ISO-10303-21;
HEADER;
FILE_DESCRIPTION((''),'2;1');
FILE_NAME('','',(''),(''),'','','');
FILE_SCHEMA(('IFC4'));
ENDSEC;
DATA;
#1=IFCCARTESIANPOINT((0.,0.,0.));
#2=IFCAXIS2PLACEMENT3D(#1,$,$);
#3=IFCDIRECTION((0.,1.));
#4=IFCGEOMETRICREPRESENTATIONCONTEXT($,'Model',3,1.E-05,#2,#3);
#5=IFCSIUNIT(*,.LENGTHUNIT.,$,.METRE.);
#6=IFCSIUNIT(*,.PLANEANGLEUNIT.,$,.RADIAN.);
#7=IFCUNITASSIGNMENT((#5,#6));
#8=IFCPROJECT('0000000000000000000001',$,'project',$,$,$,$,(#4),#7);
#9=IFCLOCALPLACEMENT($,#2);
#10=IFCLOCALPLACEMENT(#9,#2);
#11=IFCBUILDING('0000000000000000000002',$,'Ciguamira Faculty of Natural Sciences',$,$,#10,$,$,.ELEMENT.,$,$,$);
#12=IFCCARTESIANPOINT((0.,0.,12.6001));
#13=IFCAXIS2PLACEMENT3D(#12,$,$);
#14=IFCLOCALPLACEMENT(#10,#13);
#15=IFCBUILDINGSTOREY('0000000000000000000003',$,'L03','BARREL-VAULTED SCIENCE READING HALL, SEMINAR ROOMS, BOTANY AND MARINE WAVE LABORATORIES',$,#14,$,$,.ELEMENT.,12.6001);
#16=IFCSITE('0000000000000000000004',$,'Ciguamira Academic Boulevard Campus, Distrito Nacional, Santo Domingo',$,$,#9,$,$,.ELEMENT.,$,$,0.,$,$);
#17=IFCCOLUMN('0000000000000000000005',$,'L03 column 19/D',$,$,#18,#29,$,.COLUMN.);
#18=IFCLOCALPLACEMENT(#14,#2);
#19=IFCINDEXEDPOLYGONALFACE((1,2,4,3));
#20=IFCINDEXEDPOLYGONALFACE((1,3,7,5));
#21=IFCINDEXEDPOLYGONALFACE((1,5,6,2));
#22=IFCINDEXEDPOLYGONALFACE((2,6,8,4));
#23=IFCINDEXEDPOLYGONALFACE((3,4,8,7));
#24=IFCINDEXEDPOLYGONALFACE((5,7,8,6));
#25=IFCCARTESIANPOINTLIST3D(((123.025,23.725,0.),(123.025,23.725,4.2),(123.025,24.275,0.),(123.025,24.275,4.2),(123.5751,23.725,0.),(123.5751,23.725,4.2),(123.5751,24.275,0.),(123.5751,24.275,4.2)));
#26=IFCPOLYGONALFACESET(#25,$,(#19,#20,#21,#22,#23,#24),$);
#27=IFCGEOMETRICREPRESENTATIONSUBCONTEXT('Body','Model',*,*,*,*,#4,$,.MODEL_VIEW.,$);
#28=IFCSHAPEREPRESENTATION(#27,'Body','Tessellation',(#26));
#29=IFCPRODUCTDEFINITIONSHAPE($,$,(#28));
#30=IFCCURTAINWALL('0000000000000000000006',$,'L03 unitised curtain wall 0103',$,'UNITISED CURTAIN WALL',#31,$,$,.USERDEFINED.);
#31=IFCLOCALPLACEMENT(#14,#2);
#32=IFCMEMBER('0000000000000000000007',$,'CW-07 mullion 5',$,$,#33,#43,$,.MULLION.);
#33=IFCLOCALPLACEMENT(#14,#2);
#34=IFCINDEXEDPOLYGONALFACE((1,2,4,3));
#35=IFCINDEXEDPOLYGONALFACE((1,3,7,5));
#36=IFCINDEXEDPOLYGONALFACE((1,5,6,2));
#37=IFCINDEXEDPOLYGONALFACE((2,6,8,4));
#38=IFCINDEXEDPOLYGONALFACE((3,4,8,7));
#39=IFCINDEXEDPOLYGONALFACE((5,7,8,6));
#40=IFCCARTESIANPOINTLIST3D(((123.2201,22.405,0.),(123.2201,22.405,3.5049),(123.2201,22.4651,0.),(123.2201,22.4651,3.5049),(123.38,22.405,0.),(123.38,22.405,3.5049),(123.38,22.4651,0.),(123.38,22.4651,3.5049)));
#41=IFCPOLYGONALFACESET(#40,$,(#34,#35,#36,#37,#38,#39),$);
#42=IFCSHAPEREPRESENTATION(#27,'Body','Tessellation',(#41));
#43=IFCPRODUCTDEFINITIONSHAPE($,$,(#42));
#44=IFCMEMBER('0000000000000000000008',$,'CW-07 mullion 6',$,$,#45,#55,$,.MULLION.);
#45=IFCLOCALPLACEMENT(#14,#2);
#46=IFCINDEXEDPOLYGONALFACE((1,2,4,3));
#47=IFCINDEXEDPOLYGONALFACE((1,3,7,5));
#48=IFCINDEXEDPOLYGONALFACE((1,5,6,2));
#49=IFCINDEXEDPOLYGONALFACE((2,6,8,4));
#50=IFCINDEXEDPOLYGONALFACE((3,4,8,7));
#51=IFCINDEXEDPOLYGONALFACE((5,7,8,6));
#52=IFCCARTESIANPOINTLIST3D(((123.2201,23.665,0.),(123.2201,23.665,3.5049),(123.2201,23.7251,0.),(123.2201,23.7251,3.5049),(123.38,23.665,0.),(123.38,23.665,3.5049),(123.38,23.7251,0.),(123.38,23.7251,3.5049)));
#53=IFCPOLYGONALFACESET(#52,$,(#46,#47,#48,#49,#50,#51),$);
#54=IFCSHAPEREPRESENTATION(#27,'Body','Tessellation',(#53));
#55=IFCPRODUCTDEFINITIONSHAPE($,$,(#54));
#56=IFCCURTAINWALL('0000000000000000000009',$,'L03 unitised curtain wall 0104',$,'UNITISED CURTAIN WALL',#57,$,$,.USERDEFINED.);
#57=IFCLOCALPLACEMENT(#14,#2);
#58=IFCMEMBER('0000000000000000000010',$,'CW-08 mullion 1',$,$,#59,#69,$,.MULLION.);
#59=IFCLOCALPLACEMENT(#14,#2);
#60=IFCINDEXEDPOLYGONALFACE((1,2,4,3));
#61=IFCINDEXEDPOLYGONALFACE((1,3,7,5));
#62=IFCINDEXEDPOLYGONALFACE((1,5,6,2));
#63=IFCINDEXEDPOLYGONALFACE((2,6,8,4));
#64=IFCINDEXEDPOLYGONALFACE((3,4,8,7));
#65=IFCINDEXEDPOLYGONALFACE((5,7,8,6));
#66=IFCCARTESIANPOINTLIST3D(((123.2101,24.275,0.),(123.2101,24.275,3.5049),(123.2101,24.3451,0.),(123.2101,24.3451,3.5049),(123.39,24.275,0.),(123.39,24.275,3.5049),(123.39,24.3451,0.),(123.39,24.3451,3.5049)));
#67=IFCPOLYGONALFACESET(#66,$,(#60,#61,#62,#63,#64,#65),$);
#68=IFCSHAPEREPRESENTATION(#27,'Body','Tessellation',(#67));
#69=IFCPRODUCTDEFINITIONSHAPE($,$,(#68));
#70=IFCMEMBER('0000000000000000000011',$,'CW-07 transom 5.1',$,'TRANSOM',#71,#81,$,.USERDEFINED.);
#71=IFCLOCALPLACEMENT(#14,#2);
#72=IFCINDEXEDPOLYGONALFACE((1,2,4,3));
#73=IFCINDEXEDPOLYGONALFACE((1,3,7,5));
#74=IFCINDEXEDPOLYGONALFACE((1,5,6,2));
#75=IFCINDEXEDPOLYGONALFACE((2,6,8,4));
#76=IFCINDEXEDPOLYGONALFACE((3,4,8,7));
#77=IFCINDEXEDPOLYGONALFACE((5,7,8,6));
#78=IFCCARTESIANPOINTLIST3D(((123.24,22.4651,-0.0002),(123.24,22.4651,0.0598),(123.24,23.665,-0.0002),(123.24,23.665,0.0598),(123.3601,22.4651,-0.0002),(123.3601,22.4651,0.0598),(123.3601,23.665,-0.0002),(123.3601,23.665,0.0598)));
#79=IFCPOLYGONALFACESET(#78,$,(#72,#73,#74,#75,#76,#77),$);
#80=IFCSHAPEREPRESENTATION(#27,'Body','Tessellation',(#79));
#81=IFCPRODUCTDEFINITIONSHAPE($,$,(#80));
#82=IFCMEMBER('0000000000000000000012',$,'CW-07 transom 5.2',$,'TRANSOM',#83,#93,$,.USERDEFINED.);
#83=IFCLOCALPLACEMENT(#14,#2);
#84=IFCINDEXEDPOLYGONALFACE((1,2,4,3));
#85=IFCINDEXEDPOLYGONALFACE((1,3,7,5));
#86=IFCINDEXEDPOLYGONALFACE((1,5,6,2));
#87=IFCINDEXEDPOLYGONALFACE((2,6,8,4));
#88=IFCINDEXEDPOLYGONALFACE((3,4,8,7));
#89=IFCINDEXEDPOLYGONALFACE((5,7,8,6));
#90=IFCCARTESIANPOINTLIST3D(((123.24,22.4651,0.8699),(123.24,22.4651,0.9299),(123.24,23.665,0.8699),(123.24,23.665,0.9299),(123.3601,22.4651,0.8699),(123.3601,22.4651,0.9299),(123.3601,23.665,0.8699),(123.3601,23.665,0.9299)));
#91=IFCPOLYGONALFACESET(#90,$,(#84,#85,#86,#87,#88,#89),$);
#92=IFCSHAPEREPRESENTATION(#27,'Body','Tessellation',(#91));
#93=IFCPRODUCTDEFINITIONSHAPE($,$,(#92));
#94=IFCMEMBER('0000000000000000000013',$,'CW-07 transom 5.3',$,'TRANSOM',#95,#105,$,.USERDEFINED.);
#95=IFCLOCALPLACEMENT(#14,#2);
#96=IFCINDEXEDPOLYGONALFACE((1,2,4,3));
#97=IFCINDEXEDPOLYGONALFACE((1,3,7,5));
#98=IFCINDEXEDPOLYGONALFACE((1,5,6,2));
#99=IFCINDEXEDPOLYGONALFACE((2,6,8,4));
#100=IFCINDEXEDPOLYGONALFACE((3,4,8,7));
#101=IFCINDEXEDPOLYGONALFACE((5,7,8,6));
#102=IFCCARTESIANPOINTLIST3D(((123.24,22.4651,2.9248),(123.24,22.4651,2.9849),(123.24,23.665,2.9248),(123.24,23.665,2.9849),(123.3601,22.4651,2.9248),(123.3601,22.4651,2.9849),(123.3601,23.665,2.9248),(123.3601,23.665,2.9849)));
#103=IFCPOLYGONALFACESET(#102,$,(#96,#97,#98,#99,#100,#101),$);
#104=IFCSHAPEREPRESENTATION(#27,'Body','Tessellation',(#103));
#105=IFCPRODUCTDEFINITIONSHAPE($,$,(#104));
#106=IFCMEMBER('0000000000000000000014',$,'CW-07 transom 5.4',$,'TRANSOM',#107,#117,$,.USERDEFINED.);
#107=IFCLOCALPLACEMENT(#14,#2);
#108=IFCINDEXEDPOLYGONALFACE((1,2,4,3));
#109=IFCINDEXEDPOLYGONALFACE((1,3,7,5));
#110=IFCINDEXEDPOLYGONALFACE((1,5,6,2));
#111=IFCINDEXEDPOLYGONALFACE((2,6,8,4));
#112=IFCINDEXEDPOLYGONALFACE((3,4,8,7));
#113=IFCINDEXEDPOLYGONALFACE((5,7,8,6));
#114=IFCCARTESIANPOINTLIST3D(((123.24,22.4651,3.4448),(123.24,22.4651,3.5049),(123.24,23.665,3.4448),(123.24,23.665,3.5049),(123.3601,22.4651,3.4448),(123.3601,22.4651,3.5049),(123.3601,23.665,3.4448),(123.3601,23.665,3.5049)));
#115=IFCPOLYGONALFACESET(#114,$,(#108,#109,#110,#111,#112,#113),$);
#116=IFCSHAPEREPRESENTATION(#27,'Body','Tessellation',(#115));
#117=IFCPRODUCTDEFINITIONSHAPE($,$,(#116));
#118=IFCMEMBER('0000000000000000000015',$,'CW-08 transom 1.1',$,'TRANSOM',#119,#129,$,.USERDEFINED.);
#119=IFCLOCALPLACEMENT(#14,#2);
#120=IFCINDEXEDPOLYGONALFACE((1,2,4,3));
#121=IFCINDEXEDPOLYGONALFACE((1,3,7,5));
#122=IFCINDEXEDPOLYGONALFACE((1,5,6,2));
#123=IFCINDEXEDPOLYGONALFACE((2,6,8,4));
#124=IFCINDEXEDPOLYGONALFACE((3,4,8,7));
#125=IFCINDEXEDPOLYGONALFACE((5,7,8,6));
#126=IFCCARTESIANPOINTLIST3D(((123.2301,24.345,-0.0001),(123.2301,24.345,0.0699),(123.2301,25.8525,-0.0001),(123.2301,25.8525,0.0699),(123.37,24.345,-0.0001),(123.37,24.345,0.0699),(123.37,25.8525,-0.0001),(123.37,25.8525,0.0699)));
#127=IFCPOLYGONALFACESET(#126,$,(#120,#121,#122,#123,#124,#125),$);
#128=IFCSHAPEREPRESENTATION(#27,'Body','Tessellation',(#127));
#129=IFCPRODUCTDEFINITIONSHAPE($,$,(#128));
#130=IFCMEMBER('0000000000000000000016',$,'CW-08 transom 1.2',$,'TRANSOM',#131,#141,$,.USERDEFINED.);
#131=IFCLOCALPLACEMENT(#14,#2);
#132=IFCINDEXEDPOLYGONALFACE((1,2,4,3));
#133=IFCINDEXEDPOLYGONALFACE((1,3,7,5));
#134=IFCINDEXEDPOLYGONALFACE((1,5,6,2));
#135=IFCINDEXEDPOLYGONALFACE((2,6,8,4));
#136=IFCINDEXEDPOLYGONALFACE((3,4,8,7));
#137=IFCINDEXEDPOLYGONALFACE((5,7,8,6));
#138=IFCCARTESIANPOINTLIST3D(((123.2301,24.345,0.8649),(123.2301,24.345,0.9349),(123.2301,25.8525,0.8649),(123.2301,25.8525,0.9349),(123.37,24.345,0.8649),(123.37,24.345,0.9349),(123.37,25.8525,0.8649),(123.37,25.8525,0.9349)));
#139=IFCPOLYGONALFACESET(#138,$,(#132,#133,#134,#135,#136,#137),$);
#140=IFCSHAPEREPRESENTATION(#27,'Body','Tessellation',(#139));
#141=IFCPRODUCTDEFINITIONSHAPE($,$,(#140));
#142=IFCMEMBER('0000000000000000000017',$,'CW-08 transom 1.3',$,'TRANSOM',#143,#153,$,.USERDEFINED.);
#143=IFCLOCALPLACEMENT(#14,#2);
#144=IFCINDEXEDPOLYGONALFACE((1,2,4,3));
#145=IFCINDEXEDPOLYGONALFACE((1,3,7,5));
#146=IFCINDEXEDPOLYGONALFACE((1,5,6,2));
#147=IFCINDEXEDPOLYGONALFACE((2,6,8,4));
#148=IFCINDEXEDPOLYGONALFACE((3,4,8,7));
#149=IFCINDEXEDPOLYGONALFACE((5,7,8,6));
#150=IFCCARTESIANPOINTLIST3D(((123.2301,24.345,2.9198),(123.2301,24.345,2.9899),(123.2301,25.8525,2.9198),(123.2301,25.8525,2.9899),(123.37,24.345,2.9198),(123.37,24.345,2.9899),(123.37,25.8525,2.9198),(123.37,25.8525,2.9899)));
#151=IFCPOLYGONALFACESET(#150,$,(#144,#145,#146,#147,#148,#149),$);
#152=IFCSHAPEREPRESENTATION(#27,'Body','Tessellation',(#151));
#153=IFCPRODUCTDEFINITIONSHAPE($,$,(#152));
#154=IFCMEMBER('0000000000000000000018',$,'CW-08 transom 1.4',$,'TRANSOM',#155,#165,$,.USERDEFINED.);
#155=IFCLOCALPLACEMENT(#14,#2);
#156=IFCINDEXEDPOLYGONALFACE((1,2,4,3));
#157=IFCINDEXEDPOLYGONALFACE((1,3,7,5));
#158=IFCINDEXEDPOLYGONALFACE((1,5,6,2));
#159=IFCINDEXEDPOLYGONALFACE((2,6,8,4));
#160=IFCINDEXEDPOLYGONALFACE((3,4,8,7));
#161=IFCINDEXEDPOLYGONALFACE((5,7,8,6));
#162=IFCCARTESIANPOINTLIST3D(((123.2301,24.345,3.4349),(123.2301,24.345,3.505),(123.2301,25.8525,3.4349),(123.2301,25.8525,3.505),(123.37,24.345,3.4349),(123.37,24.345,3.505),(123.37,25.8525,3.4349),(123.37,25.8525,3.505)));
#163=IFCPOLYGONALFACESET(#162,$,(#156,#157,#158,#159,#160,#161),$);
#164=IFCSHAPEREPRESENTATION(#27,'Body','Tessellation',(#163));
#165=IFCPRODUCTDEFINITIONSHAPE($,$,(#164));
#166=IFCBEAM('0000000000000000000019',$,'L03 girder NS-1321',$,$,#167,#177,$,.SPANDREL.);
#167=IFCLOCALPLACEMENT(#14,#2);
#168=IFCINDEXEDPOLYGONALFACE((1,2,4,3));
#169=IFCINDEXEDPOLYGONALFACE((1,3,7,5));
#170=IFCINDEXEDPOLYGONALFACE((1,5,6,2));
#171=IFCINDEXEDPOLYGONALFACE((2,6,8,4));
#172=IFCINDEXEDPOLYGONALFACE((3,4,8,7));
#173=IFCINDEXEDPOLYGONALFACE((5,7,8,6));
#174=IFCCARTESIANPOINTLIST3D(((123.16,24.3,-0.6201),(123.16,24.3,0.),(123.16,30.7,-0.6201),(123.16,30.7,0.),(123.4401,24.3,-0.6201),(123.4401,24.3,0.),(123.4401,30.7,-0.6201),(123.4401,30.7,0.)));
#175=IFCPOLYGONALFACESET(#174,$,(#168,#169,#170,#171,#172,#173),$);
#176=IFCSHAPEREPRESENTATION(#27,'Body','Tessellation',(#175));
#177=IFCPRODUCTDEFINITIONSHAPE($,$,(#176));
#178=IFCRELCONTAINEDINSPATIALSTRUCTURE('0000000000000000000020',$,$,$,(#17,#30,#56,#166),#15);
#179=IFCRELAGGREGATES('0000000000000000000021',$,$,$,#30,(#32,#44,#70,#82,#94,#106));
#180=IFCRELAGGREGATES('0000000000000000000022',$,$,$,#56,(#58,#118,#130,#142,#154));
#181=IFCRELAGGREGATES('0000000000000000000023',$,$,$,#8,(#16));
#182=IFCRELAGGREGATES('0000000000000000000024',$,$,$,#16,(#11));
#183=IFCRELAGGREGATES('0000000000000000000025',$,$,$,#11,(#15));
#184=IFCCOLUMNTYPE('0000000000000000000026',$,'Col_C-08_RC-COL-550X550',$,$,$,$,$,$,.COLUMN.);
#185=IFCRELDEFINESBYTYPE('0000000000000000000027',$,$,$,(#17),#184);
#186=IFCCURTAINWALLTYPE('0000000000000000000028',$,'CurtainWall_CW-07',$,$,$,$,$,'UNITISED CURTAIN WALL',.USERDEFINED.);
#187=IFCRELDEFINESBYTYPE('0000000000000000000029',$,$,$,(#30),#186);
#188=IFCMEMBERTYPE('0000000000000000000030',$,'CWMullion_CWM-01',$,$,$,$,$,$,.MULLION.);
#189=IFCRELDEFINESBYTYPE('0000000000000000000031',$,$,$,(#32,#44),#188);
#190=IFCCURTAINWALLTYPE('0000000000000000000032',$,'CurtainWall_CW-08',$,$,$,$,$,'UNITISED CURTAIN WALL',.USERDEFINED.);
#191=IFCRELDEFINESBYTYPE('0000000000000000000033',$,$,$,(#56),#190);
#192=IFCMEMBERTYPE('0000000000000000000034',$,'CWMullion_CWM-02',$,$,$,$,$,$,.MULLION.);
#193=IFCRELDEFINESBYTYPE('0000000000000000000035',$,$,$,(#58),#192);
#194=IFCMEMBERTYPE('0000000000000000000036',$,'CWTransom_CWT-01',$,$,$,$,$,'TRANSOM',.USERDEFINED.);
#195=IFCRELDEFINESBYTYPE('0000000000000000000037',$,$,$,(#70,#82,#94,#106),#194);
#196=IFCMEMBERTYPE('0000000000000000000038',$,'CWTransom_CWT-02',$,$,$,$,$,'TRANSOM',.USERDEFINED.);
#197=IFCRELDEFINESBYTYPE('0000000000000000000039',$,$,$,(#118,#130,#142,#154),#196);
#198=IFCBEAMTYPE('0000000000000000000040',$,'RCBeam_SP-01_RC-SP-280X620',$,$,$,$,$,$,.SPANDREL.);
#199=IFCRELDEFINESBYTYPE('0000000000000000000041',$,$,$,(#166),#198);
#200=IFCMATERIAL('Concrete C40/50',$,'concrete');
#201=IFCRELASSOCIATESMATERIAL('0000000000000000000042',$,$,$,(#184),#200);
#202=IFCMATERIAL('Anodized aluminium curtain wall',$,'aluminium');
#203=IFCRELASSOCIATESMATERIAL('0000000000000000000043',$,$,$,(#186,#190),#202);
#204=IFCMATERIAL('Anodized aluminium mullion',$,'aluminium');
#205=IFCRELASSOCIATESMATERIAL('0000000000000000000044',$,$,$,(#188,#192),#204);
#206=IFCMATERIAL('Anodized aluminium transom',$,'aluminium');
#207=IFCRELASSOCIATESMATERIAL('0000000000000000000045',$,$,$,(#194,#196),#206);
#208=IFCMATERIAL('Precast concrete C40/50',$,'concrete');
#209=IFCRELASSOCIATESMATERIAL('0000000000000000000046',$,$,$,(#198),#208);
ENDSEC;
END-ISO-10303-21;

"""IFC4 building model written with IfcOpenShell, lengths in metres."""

from ifc_helpers import new_model, si_unit, direction, frame, origin, origin_2d, place, context, subcontext, project, spatial, rectangle, extrude, material, material_profile, profile_set, type_object, element, aggregate, save


model = new_model("IFC4")

# Units and contexts
model_context = context("Model", 3, precision=1e-05, world=origin(), true_north=direction((0.0, 1.0)))
body_context = subcontext(model_context, "Body", "Model", "MODEL_VIEW")
ifc_project = project(units=[si_unit("LENGTHUNIT", "METRE"), si_unit("PLANEANGLEUNIT", "RADIAN")], contexts=[model_context])

# Site, building, storey
site_placement = place(None, origin())
site = spatial("IfcSite", under=ifc_project, at=site_placement, Name="Ciguamira Academic Boulevard Campus, Distrito Nacional, Santo Domingo", CompositionType="ELEMENT", RefElevation=0.0)
building_placement = place(site_placement, origin())
building = spatial("IfcBuilding", under=site, at=building_placement, Name="Ciguamira Faculty of Natural Sciences", CompositionType="ELEMENT")
storey_placement = place(building_placement, frame((0.0, 0.0, 12.6001)))
storey = spatial("IfcBuildingStorey", under=building, at=storey_placement, Name="L03", Description="BARREL-VAULTED SCIENCE READING HALL, SEMINAR ROOMS, BOTANY AND MARINE WAVE LABORATORIES", CompositionType="ELEMENT", Elevation=12.6001)

# Column
ifc_material_1 = material(Name="Concrete C40/50", Category="concrete")
ifc_material_profile_1 = material_profile(ifc_material_1, rectangle(XDim=0.55, YDim=0.55, at=origin_2d()), Name="RC-COL-550X550")
ifc_profile_set_1 = profile_set([ifc_material_profile_1], Name="Concrete C40/50")
column_type = type_object("IfcColumnType", Name="Col_C-08_RC-COL-550X550", PredefinedType="COLUMN", material=ifc_profile_set_1)
column_placement = place(storey_placement, frame((123.3, 24.0, 0.0), z_axis=(0.0, 0.0, 1.0), x_axis=(1.0, 0.0, 0.0)))
element("IfcColumn", 1, at=column_placement, inside=storey, type_object=column_type, Name="L03 column 19/D", PredefinedType="COLUMN", context=body_context, shape_type="SweptSolid", body=[
    extrude(rectangle(XDim=0.55, YDim=0.55, at=origin_2d()), origin(), (0.0, 0.0, 1.0), 4.2),
])

# Curtain wall, members
ifc_material_2 = material(Name="Anodized aluminium curtain wall", Category="aluminium")
curtain_wall_type_1 = type_object("IfcCurtainWallType", Name="CurtainWall_CW-07", ElementType="UNITISED CURTAIN WALL", PredefinedType="USERDEFINED", material=ifc_material_2)
curtain_wall_1_placement = place(storey_placement, origin())
curtain_wall_1 = element("IfcCurtainWall", 2, at=curtain_wall_1_placement, inside=storey, type_object=curtain_wall_type_1, Name="L03 unitised curtain wall 0103", ObjectType="UNITISED CURTAIN WALL", PredefinedType="USERDEFINED")
ifc_material_3 = material(Name="Anodized aluminium mullion", Category="aluminium")
ifc_material_profile_2 = material_profile(ifc_material_3, rectangle(XDim=0.0601, YDim=0.1599, at=origin_2d()), Name="ALU-MUL-60X160")
ifc_profile_set_2 = profile_set([ifc_material_profile_2], Name="Anodized aluminium mullion")
member_type_1 = type_object("IfcMemberType", Name="CWMullion_CWM-01", PredefinedType="MULLION", material=ifc_profile_set_2)
member_1_placement = place(storey_placement, frame((123.3, 22.4351, 0.0), z_axis=(0.0, 0.0, 1.0), x_axis=(0.0, 1.0, 0.0)))
member_1 = element("IfcMember", 3, at=member_1_placement, type_object=member_type_1, Name="CW-07 mullion 5", PredefinedType="MULLION", context=body_context, shape_type="SweptSolid", body=[
    extrude(rectangle(XDim=0.0601, YDim=0.1599, at=origin_2d()), origin(), (0.0, 0.0, 1.0), 3.5049),
])
member_2_placement = place(storey_placement, frame((123.3, 23.6951, 0.0), z_axis=(0.0, 0.0, 1.0), x_axis=(0.0, 1.0, 0.0)))
member_2 = element("IfcMember", 4, at=member_2_placement, type_object=member_type_1, Name="CW-07 mullion 6", PredefinedType="MULLION", context=body_context, shape_type="SweptSolid", body=[
    extrude(rectangle(XDim=0.0601, YDim=0.1599, at=origin_2d()), origin(), (0.0, 0.0, 1.0), 3.5049),
])

# Curtain wall, member
curtain_wall_type_2 = type_object("IfcCurtainWallType", Name="CurtainWall_CW-08", ElementType="UNITISED CURTAIN WALL", PredefinedType="USERDEFINED", material=ifc_material_2)
curtain_wall_2_placement = place(storey_placement, origin())
curtain_wall_2 = element("IfcCurtainWall", 5, at=curtain_wall_2_placement, inside=storey, type_object=curtain_wall_type_2, Name="L03 unitised curtain wall 0104", ObjectType="UNITISED CURTAIN WALL", PredefinedType="USERDEFINED")
ifc_material_profile_3 = material_profile(ifc_material_3, rectangle(XDim=0.0701, YDim=0.1799, at=origin_2d()), Name="ALU-MUL-70X180")
ifc_profile_set_3 = profile_set([ifc_material_profile_3], Name="Anodized aluminium mullion")
member_type_2 = type_object("IfcMemberType", Name="CWMullion_CWM-02", PredefinedType="MULLION", material=ifc_profile_set_3)
member_3_placement = place(storey_placement, frame((123.3, 24.3101, 0.0), z_axis=(0.0, 0.0, 1.0), x_axis=(0.0, 1.0, 0.0)))
member_3 = element("IfcMember", 6, at=member_3_placement, type_object=member_type_2, Name="CW-08 mullion 1", PredefinedType="MULLION", context=body_context, shape_type="SweptSolid", body=[
    extrude(rectangle(XDim=0.0701, YDim=0.1799, at=origin_2d()), origin(), (0.0, 0.0, 1.0), 3.5049),
])

# Members
ifc_material_4 = material(Name="Anodized aluminium transom", Category="aluminium")
ifc_material_profile_4 = material_profile(ifc_material_4, rectangle(XDim=0.0601, YDim=0.1201, at=origin_2d()), Name="ALU-TRN-60X120")
ifc_profile_set_4 = profile_set([ifc_material_profile_4], Name="Anodized aluminium transom")
member_type_3 = type_object("IfcMemberType", Name="CWTransom_CWT-01", ElementType="TRANSOM", PredefinedType="USERDEFINED", material=ifc_profile_set_4)
member_4_placement = place(storey_placement, frame((123.3, 22.4651, 0.0298), z_axis=(0.0, 1.0, 0.0), x_axis=(0.0, 0.0, 1.0)))
member_4 = element("IfcMember", 7, at=member_4_placement, type_object=member_type_3, Name="CW-07 transom 5.1", ObjectType="TRANSOM", PredefinedType="USERDEFINED", context=body_context, shape_type="SweptSolid", body=[
    extrude(rectangle(XDim=0.0601, YDim=0.1201, at=origin_2d()), origin(), (0.0, 0.0, 1.0), 1.2),
])
member_5_placement = place(storey_placement, frame((123.3, 22.4651, 0.8999), z_axis=(0.0, 1.0, 0.0), x_axis=(0.0, 0.0, 1.0)))
member_5 = element("IfcMember", 8, at=member_5_placement, type_object=member_type_3, Name="CW-07 transom 5.2", ObjectType="TRANSOM", PredefinedType="USERDEFINED", context=body_context, shape_type="SweptSolid", body=[
    extrude(rectangle(XDim=0.0601, YDim=0.1201, at=origin_2d()), origin(), (0.0, 0.0, 1.0), 1.2),
])
member_6_placement = place(storey_placement, frame((123.3, 22.4651, 2.9548), z_axis=(0.0, 1.0, 0.0), x_axis=(0.0, 0.0, 1.0)))
member_6 = element("IfcMember", 9, at=member_6_placement, type_object=member_type_3, Name="CW-07 transom 5.3", ObjectType="TRANSOM", PredefinedType="USERDEFINED", context=body_context, shape_type="SweptSolid", body=[
    extrude(rectangle(XDim=0.0601, YDim=0.1201, at=origin_2d()), origin(), (0.0, 0.0, 1.0), 1.2),
])
member_7_placement = place(storey_placement, frame((123.3, 22.4651, 3.4749), z_axis=(0.0, 1.0, 0.0), x_axis=(0.0, 0.0, 1.0)))
member_7 = element("IfcMember", 10, at=member_7_placement, type_object=member_type_3, Name="CW-07 transom 5.4", ObjectType="TRANSOM", PredefinedType="USERDEFINED", context=body_context, shape_type="SweptSolid", body=[
    extrude(rectangle(XDim=0.0601, YDim=0.1201, at=origin_2d()), origin(), (0.0, 0.0, 1.0), 1.2),
])
ifc_material_profile_5 = material_profile(ifc_material_4, rectangle(XDim=0.0701, YDim=0.1399, at=origin_2d()), Name="ALU-TRN-70X140")
ifc_profile_set_5 = profile_set([ifc_material_profile_5], Name="Anodized aluminium transom")
member_type_4 = type_object("IfcMemberType", Name="CWTransom_CWT-02", ElementType="TRANSOM", PredefinedType="USERDEFINED", material=ifc_profile_set_5)
member_8_placement = place(storey_placement, frame((123.3, 24.345, 0.0349), z_axis=(0.0, 1.0, 0.0), x_axis=(0.0, 0.0, 1.0)))
member_8 = element("IfcMember", 11, at=member_8_placement, type_object=member_type_4, Name="CW-08 transom 1.1", ObjectType="TRANSOM", PredefinedType="USERDEFINED", context=body_context, shape_type="SweptSolid", body=[
    extrude(rectangle(XDim=0.0701, YDim=0.1399, at=origin_2d()), origin(), (0.0, 0.0, 1.0), 1.5076),
])
member_9_placement = place(storey_placement, frame((123.3, 24.345, 0.8999), z_axis=(0.0, 1.0, 0.0), x_axis=(0.0, 0.0, 1.0)))
member_9 = element("IfcMember", 12, at=member_9_placement, type_object=member_type_4, Name="CW-08 transom 1.2", ObjectType="TRANSOM", PredefinedType="USERDEFINED", context=body_context, shape_type="SweptSolid", body=[
    extrude(rectangle(XDim=0.0701, YDim=0.1399, at=origin_2d()), origin(), (0.0, 0.0, 1.0), 1.5076),
])
member_10_placement = place(storey_placement, frame((123.3, 24.345, 2.9548), z_axis=(0.0, 1.0, 0.0), x_axis=(0.0, 0.0, 1.0)))
member_10 = element("IfcMember", 13, at=member_10_placement, type_object=member_type_4, Name="CW-08 transom 1.3", ObjectType="TRANSOM", PredefinedType="USERDEFINED", context=body_context, shape_type="SweptSolid", body=[
    extrude(rectangle(XDim=0.0701, YDim=0.1399, at=origin_2d()), origin(), (0.0, 0.0, 1.0), 1.5076),
])
member_11_placement = place(storey_placement, frame((123.3, 24.345, 3.47), z_axis=(0.0, 1.0, 0.0), x_axis=(0.0, 0.0, 1.0)))
member_11 = element("IfcMember", 14, at=member_11_placement, type_object=member_type_4, Name="CW-08 transom 1.4", ObjectType="TRANSOM", PredefinedType="USERDEFINED", context=body_context, shape_type="SweptSolid", body=[
    extrude(rectangle(XDim=0.0701, YDim=0.1399, at=origin_2d()), origin(), (0.0, 0.0, 1.0), 1.5076),
])

# Beam
ifc_material_5 = material(Name="Precast concrete C40/50", Category="concrete")
ifc_material_profile_6 = material_profile(ifc_material_5, rectangle(XDim=0.28, YDim=0.6201, at=origin_2d()), Name="RC-SP-280X620")
ifc_profile_set_6 = profile_set([ifc_material_profile_6], Name="Precast concrete C40/50")
beam_type = type_object("IfcBeamType", Name="RCBeam_SP-01_RC-SP-280X620", PredefinedType="SPANDREL", material=ifc_profile_set_6)
beam_placement = place(storey_placement, frame((123.3, 24.3, -0.3101), z_axis=(0.0, 1.0, 0.0), x_axis=(-1.0, 0.0, 0.0)))
element("IfcBeam", 15, at=beam_placement, inside=storey, type_object=beam_type, Name="L03 girder NS-1321", PredefinedType="SPANDREL", context=body_context, shape_type="SweptSolid", body=[
    extrude(rectangle(XDim=0.28, YDim=0.6201, at=origin_2d()), origin(), (0.0, 0.0, 1.0), 6.3999),
])

aggregate(curtain_wall_1, [member_1, member_2, member_4, member_5, member_6, member_7])
aggregate(curtain_wall_2, [member_3, member_8, member_9, member_10, member_11])

save(model, "model.ifc")
